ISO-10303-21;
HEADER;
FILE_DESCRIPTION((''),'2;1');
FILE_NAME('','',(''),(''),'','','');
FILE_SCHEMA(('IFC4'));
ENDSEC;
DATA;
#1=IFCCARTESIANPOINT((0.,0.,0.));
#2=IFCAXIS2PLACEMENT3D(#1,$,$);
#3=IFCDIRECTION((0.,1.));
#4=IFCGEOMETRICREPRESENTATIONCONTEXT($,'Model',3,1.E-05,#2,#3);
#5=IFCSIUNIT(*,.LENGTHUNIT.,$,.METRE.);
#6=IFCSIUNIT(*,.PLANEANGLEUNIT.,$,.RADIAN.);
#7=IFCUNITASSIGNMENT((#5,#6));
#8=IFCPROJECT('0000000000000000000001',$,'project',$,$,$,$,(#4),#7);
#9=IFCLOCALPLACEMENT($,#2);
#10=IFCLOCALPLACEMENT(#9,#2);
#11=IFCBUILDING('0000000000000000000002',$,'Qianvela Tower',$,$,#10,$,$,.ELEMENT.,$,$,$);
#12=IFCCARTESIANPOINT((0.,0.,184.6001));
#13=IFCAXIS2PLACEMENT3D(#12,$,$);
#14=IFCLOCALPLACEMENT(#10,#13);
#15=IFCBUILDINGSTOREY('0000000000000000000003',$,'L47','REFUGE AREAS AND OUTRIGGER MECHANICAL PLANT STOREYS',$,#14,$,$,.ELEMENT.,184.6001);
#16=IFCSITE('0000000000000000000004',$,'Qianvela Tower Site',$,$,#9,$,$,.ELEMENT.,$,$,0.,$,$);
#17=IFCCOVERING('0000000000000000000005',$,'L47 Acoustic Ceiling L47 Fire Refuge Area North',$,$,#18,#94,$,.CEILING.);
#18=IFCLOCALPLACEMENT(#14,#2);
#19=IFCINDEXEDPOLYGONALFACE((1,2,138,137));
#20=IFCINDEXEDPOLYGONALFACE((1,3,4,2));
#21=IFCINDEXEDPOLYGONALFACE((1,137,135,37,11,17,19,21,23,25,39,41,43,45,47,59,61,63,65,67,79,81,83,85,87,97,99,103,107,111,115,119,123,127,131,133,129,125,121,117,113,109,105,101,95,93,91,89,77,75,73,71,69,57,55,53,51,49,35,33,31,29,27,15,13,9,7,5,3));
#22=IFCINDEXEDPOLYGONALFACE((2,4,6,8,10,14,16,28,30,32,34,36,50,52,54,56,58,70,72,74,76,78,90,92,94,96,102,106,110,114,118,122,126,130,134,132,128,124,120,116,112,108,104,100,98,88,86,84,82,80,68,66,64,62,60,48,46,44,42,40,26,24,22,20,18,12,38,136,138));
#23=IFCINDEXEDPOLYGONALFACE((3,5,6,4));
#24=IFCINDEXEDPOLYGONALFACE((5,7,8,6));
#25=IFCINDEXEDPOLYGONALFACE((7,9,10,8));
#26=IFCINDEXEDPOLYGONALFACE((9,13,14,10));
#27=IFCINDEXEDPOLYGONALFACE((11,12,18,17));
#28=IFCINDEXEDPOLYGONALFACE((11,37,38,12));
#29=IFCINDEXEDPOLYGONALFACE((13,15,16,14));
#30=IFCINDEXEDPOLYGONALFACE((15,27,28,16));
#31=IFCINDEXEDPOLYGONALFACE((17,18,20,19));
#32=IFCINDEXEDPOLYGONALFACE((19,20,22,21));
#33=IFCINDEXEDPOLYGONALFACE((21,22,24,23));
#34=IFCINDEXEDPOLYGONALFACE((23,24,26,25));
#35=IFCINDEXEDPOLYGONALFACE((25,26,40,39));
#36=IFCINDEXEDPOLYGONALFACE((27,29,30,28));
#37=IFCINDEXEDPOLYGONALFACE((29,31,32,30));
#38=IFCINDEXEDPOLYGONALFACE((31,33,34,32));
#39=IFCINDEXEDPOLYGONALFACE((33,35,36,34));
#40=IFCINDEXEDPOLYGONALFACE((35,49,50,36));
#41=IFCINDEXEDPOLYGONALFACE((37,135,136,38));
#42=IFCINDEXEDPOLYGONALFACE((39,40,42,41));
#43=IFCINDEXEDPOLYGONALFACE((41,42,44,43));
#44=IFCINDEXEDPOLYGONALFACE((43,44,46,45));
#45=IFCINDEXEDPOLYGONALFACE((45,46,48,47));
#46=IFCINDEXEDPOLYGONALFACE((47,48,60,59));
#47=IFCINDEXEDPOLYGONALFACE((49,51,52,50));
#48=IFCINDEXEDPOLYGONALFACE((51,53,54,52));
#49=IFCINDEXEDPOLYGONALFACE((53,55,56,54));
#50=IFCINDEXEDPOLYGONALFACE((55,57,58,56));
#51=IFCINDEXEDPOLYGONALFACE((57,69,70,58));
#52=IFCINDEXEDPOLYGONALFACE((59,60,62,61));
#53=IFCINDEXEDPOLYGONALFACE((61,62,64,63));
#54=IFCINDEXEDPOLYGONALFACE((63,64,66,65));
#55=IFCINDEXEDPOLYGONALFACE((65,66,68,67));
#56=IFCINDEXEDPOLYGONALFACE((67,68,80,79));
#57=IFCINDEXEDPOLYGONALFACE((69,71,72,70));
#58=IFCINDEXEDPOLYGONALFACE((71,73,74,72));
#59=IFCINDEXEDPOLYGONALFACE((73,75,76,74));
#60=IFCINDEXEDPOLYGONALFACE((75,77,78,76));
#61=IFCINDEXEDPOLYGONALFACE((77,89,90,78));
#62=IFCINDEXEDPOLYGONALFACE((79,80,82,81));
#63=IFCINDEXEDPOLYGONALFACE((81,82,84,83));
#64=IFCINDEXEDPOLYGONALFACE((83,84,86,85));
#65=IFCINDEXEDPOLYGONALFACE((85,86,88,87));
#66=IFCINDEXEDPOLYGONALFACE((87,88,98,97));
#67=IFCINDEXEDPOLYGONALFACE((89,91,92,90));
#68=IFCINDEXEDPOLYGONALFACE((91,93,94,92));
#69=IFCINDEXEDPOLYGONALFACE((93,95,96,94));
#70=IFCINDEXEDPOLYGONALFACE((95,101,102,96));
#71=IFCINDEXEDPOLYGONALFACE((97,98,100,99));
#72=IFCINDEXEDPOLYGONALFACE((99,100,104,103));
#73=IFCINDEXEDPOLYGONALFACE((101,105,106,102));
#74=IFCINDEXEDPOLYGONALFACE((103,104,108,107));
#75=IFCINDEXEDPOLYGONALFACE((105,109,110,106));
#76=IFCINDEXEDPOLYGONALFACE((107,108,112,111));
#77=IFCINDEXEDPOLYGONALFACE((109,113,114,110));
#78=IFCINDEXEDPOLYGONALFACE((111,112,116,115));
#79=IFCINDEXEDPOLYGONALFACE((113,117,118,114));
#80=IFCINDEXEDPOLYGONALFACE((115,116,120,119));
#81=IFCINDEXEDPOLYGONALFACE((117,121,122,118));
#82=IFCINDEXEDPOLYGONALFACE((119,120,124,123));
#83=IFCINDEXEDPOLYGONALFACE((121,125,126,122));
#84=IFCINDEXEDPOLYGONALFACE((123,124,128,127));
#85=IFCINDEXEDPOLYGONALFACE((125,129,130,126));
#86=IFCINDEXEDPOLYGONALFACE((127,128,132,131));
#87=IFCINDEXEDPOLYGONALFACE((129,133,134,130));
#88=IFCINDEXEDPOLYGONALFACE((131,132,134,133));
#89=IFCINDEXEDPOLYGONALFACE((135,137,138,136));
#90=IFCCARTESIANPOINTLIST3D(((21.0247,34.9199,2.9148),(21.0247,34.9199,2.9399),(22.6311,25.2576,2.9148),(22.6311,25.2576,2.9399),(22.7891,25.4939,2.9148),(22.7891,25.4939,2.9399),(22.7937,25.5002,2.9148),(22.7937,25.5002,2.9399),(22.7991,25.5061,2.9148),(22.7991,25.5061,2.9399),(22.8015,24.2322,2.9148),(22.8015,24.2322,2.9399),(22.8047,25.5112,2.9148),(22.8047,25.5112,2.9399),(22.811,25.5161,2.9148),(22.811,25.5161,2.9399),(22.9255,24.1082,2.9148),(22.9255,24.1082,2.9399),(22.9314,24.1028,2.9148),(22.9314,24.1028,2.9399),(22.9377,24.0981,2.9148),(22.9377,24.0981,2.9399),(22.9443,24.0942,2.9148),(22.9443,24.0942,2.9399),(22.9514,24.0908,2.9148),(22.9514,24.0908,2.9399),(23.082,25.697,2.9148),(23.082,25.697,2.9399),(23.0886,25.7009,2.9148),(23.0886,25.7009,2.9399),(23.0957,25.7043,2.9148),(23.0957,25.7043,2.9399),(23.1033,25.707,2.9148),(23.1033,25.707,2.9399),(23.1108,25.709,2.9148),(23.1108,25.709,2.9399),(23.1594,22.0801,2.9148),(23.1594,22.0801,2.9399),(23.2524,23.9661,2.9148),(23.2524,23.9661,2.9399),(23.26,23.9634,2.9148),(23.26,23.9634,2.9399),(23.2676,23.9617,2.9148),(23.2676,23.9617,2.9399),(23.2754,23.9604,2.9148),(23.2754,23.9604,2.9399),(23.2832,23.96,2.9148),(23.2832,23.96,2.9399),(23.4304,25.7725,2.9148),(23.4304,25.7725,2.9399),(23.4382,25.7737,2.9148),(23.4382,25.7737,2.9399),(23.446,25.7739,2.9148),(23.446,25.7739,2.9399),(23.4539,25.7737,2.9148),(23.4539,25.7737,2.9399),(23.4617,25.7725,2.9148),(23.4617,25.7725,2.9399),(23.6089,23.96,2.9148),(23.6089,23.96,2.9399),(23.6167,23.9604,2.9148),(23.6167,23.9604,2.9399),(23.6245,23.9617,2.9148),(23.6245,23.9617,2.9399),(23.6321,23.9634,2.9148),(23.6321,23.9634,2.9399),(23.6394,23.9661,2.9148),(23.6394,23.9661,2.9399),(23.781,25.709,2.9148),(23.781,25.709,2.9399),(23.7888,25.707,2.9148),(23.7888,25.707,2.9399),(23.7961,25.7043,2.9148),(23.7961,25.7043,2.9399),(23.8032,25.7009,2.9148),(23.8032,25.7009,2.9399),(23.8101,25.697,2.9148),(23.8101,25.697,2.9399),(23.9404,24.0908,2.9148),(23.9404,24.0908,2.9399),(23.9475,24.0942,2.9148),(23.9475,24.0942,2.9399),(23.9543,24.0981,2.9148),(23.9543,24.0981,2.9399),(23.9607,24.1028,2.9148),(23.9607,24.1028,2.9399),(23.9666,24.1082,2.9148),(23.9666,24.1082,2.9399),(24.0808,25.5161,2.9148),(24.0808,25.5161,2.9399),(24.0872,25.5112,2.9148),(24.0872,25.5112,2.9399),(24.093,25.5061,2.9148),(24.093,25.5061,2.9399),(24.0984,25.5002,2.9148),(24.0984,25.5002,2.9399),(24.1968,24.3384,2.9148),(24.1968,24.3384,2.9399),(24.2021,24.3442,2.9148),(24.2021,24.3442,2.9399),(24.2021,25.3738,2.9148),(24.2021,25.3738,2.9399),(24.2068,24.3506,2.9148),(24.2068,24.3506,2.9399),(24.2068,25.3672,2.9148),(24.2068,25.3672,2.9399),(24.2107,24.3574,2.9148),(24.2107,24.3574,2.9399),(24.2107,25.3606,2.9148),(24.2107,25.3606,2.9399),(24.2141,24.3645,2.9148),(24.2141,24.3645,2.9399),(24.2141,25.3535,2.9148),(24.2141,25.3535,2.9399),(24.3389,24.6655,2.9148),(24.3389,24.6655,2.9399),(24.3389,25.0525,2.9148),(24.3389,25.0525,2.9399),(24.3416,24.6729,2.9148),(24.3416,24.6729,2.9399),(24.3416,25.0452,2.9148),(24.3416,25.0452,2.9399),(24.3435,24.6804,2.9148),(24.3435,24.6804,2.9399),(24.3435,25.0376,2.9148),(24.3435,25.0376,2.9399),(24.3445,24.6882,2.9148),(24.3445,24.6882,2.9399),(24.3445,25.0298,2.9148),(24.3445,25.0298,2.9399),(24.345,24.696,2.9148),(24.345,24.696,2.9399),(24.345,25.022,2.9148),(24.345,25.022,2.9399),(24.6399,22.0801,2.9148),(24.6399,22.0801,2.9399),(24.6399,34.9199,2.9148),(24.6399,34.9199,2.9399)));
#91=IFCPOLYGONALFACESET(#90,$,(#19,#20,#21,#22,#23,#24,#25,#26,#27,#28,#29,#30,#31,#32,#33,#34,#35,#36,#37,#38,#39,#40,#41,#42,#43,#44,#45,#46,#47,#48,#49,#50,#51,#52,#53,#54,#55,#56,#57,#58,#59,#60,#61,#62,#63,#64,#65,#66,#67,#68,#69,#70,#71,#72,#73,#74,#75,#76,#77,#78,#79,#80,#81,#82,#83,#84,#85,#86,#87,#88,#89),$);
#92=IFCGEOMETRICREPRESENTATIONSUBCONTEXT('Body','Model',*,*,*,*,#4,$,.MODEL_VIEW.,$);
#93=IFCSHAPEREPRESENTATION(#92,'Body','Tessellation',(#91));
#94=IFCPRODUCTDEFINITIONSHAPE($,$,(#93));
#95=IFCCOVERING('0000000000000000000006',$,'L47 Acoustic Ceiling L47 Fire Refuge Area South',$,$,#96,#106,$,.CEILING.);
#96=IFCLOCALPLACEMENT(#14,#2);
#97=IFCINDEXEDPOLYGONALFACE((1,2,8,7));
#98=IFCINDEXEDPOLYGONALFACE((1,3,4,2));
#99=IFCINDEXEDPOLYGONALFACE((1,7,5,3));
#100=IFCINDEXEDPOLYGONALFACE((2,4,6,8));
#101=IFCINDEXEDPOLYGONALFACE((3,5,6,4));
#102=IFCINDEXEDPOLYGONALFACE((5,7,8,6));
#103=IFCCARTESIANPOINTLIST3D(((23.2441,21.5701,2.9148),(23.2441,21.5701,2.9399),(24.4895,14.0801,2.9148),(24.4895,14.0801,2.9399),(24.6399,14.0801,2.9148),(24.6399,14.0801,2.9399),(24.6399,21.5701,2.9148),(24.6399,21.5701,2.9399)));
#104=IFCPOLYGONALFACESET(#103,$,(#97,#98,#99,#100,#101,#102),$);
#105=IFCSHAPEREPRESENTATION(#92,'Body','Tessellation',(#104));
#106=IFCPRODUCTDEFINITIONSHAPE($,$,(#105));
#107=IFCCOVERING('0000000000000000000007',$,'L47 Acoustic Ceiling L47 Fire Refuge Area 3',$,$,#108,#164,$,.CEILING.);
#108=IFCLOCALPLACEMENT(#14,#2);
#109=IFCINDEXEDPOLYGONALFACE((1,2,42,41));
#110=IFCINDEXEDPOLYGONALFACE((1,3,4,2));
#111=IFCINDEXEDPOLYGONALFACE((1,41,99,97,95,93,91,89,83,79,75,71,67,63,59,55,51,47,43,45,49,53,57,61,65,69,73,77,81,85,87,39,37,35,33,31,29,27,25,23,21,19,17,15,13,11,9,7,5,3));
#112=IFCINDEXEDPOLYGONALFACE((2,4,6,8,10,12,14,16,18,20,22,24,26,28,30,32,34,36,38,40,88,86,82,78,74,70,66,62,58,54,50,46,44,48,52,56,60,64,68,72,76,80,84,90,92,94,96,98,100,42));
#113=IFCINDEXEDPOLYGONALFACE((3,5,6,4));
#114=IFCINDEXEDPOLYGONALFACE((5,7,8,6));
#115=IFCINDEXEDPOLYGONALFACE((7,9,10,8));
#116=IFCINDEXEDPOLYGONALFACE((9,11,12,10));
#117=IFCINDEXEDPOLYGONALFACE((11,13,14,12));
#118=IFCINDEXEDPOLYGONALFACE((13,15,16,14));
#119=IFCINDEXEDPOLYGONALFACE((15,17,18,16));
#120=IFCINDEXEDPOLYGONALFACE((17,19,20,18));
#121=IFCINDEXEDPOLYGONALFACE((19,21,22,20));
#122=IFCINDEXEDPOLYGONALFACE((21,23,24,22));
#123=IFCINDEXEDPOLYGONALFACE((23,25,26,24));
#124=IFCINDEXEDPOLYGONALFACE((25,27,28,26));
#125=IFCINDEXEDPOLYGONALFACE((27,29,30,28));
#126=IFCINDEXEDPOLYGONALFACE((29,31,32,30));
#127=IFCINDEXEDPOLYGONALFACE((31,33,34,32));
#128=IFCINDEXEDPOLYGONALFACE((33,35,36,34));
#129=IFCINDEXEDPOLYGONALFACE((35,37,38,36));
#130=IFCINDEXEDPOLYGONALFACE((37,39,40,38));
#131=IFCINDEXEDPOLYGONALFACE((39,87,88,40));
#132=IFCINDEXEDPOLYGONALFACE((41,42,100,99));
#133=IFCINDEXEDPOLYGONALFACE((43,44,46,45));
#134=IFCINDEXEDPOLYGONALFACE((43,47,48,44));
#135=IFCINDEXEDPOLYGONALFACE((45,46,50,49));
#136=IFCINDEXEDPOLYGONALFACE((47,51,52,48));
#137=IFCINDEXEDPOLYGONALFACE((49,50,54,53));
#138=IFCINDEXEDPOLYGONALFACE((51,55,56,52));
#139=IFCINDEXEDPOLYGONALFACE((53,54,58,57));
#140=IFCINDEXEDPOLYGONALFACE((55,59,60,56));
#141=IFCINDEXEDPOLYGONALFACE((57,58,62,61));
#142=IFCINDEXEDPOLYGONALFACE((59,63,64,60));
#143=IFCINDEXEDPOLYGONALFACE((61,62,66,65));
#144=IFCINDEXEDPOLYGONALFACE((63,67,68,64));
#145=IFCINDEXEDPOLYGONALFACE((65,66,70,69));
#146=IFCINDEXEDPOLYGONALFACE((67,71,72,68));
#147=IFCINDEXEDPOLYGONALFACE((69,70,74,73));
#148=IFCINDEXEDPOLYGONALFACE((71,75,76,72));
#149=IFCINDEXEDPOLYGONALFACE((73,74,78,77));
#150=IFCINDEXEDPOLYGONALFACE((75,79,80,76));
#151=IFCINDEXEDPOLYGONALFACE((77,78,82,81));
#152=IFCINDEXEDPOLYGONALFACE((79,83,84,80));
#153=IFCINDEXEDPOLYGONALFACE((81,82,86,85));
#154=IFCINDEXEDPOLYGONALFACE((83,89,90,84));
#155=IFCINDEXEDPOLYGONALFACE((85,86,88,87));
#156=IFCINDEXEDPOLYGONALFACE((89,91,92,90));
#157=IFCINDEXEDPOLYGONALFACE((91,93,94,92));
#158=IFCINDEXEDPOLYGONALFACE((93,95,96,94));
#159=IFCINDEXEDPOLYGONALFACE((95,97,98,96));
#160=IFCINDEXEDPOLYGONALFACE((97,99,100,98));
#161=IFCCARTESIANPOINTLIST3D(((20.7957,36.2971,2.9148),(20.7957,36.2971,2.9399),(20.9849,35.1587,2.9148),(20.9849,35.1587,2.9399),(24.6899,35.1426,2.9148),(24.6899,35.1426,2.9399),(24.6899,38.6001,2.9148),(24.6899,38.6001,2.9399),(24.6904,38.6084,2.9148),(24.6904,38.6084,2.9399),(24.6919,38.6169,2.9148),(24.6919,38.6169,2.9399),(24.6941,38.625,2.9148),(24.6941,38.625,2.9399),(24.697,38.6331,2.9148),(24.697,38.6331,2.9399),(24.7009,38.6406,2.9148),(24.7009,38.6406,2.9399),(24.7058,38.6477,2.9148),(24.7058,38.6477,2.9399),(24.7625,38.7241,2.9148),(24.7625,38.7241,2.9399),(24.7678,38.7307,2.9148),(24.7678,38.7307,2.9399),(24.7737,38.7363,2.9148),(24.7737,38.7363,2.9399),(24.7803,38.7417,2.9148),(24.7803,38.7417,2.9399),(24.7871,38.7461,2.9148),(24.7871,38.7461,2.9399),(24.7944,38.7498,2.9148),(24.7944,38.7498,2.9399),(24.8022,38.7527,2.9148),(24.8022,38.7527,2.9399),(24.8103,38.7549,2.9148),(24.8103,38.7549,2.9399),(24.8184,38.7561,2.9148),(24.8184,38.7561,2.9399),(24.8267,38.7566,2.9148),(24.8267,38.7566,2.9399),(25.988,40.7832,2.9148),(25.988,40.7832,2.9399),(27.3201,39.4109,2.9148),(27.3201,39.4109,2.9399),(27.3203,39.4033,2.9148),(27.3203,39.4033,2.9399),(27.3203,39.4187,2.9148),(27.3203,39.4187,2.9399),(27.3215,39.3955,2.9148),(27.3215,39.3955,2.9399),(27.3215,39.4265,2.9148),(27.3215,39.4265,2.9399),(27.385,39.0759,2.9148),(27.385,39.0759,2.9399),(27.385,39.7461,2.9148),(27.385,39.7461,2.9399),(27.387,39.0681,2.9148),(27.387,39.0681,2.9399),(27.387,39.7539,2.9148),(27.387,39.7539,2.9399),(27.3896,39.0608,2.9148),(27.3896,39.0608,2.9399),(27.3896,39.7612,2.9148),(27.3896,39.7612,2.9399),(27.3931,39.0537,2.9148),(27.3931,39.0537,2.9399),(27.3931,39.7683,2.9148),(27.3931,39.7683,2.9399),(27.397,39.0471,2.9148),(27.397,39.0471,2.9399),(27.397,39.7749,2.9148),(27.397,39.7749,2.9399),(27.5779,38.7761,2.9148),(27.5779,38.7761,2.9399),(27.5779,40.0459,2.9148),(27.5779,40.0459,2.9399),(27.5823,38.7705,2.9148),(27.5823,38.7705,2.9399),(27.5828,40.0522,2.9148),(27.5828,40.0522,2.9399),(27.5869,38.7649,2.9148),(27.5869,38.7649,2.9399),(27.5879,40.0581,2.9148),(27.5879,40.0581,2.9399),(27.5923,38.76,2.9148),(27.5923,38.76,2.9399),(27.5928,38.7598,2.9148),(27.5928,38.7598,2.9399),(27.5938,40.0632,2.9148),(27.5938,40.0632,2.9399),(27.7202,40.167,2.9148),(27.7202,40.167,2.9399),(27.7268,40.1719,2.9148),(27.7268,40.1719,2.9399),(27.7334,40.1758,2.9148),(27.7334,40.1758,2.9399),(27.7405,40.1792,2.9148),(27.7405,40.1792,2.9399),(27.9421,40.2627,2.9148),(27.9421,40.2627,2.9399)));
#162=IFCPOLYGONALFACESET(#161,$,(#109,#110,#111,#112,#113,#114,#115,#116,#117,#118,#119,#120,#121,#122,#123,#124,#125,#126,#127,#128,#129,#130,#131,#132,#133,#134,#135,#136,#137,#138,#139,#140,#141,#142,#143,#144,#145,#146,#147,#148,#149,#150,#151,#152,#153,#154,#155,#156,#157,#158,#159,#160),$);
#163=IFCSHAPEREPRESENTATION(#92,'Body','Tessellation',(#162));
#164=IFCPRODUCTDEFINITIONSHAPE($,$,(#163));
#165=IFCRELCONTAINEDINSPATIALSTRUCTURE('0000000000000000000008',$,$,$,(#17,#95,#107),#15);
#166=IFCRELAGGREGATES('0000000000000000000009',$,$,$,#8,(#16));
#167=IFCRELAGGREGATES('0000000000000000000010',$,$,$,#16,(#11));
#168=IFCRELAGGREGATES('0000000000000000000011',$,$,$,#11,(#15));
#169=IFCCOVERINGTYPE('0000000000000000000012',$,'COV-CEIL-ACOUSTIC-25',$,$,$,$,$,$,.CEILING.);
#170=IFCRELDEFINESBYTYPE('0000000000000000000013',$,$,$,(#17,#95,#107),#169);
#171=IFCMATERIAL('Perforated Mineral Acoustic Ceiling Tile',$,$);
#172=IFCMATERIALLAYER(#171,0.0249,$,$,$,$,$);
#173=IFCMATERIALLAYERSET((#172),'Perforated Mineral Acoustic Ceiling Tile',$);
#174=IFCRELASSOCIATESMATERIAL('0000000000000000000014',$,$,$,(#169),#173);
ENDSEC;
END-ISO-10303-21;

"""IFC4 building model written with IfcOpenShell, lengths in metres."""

from ifc_helpers import new_model, si_unit, direction, frame, origin, place, context, subcontext, project, spatial, polyline, outline, extrude, material, layer, layer_set, type_object, element, save


model = new_model("IFC4")

# Units and contexts
model_context = context("Model", 3, precision=1e-05, world=origin(), true_north=direction((0.0, 1.0)))
body_context = subcontext(model_context, "Body", "Model", "MODEL_VIEW")
ifc_project = project(units=[si_unit("LENGTHUNIT", "METRE"), si_unit("PLANEANGLEUNIT", "RADIAN")], contexts=[model_context])

# Site, building, storey
site_placement = place(None, origin())
site = spatial("IfcSite", under=ifc_project, at=site_placement, Name="Qianvela Tower Site", CompositionType="ELEMENT", RefElevation=0.0)
building_placement = place(site_placement, origin())
building = spatial("IfcBuilding", under=site, at=building_placement, Name="Qianvela Tower", CompositionType="ELEMENT")
storey_placement = place(building_placement, frame((0.0, 0.0, 184.6001)))
storey = spatial("IfcBuildingStorey", under=building, at=storey_placement, Name="L47", Description="REFUGE AREAS AND OUTRIGGER MECHANICAL PLANT STOREYS", CompositionType="ELEMENT", Elevation=184.6001)

# Coverings
ifc_material_1 = material(Name="Perforated Mineral Acoustic Ceiling Tile")
ifc_layer_1 = layer(ifc_material_1, 0.0249)
ifc_layer_set_1 = layer_set([ifc_layer_1], Name="Perforated Mineral Acoustic Ceiling Tile")
covering_type_1 = type_object("IfcCoveringType", Name="COV-CEIL-ACOUSTIC-25", PredefinedType="CEILING", material=ifc_layer_set_1)
covering_1_placement = place(storey_placement, frame((0.0, 0.0, 2.9148)))
element("IfcCovering", 1, at=covering_1_placement, inside=storey, type_object=covering_type_1, Name="L47 Acoustic Ceiling L47 Fire Refuge Area North", PredefinedType="CEILING", context=body_context, shape_type="SweptSolid", body=[
    extrude(outline(polyline([(22.6311, 25.2576), (21.0247, 34.9199), (24.6399, 34.9199), (24.6399, 22.0801), (23.1594, 22.0801), (22.8015, 24.2322), (22.9255, 24.1082), (22.9314, 24.1028), (22.9377, 24.0981), (22.9443, 24.0942), (22.9514, 24.0908), (23.2524, 23.9661), (23.26, 23.9634), (23.2676, 23.9617), (23.2754, 23.9604), (23.2832, 23.96), (23.6089, 23.96), (23.6167, 23.9604), (23.6245, 23.9617), (23.6321, 23.9634), (23.6394, 23.9661), (23.9404, 24.0908), (23.9475, 24.0942), (23.9543, 24.0981), (23.9607, 24.1028), (23.9666, 24.1082), (24.1968, 24.3384), (24.2021, 24.3442), (24.2068, 24.3506), (24.2107, 24.3574), (24.2141, 24.3645), (24.3389, 24.6655), (24.3416, 24.6729), (24.3435, 24.6804), (24.3445, 24.6882), (24.345, 24.696), (24.345, 25.022), (24.3445, 25.0298), (24.3435, 25.0376), (24.3416, 25.0452), (24.3389, 25.0525), (24.2141, 25.3535), (24.2107, 25.3606), (24.2068, 25.3672), (24.2021, 25.3738), (24.0984, 25.5002), (24.093, 25.5061), (24.0872, 25.5112), (24.0808, 25.5161), (23.8101, 25.697), (23.8032, 25.7009), (23.7961, 25.7043), (23.7888, 25.707), (23.781, 25.709), (23.4617, 25.7725), (23.4539, 25.7737), (23.446, 25.7739), (23.4382, 25.7737), (23.4304, 25.7725), (23.1108, 25.709), (23.1033, 25.707), (23.0957, 25.7043), (23.0886, 25.7009), (23.082, 25.697), (22.811, 25.5161), (22.8047, 25.5112), (22.7991, 25.5061), (22.7937, 25.5002), (22.7891, 25.4939), (22.6311, 25.2576)])), origin(), (0.0, 0.0, 1.0), 0.0251),
])
covering_2_placement = place(storey_placement, frame((0.0, 0.0, 2.9148)))
element("IfcCovering", 2, at=covering_2_placement, inside=storey, type_object=covering_type_1, Name="L47 Acoustic Ceiling L47 Fire Refuge Area South", PredefinedType="CEILING", context=body_context, shape_type="SweptSolid", body=[
    extrude(outline(polyline([(24.4895, 14.0801), (23.2441, 21.5701), (24.6399, 21.5701), (24.6399, 14.0801), (24.4895, 14.0801)])), origin(), (0.0, 0.0, 1.0), 0.0251),
])
covering_3_placement = place(storey_placement, frame((0.0, 0.0, 2.9148)))
element("IfcCovering", 3, at=covering_3_placement, inside=storey, type_object=covering_type_1, Name="L47 Acoustic Ceiling L47 Fire Refuge Area 3", PredefinedType="CEILING", context=body_context, shape_type="SweptSolid", body=[
    extrude(outline(polyline([(24.8267, 38.7566), (24.8184, 38.7561), (24.8103, 38.7549), (24.8022, 38.7527), (24.7944, 38.7498), (24.7871, 38.7461), (24.7803, 38.7417), (24.7737, 38.7363), (24.7678, 38.7307), (24.7625, 38.7241), (24.7058, 38.6477), (24.7009, 38.6406), (24.697, 38.6331), (24.6941, 38.625), (24.6919, 38.6169), (24.6904, 38.6084), (24.6899, 38.6001), (24.6899, 35.1426), (20.9849, 35.1587), (20.7957, 36.2971), (25.988, 40.7832), (27.9421, 40.2627), (27.7405, 40.1792), (27.7334, 40.1758), (27.7268, 40.1719), (27.7202, 40.167), (27.5938, 40.0632), (27.5879, 40.0581), (27.5828, 40.0522), (27.5779, 40.0459), (27.397, 39.7749), (27.3931, 39.7683), (27.3896, 39.7612), (27.387, 39.7539), (27.385, 39.7461), (27.3215, 39.4265), (27.3203, 39.4187), (27.3201, 39.4109), (27.3203, 39.4033), (27.3215, 39.3955), (27.385, 39.0759), (27.387, 39.0681), (27.3896, 39.0608), (27.3931, 39.0537), (27.397, 39.0471), (27.5779, 38.7761), (27.5823, 38.7705), (27.5869, 38.7649), (27.5923, 38.76), (27.5928, 38.7598), (24.8267, 38.7566)])), origin(), (0.0, 0.0, 1.0), 0.0251),
])

save(model, "model.ifc")
